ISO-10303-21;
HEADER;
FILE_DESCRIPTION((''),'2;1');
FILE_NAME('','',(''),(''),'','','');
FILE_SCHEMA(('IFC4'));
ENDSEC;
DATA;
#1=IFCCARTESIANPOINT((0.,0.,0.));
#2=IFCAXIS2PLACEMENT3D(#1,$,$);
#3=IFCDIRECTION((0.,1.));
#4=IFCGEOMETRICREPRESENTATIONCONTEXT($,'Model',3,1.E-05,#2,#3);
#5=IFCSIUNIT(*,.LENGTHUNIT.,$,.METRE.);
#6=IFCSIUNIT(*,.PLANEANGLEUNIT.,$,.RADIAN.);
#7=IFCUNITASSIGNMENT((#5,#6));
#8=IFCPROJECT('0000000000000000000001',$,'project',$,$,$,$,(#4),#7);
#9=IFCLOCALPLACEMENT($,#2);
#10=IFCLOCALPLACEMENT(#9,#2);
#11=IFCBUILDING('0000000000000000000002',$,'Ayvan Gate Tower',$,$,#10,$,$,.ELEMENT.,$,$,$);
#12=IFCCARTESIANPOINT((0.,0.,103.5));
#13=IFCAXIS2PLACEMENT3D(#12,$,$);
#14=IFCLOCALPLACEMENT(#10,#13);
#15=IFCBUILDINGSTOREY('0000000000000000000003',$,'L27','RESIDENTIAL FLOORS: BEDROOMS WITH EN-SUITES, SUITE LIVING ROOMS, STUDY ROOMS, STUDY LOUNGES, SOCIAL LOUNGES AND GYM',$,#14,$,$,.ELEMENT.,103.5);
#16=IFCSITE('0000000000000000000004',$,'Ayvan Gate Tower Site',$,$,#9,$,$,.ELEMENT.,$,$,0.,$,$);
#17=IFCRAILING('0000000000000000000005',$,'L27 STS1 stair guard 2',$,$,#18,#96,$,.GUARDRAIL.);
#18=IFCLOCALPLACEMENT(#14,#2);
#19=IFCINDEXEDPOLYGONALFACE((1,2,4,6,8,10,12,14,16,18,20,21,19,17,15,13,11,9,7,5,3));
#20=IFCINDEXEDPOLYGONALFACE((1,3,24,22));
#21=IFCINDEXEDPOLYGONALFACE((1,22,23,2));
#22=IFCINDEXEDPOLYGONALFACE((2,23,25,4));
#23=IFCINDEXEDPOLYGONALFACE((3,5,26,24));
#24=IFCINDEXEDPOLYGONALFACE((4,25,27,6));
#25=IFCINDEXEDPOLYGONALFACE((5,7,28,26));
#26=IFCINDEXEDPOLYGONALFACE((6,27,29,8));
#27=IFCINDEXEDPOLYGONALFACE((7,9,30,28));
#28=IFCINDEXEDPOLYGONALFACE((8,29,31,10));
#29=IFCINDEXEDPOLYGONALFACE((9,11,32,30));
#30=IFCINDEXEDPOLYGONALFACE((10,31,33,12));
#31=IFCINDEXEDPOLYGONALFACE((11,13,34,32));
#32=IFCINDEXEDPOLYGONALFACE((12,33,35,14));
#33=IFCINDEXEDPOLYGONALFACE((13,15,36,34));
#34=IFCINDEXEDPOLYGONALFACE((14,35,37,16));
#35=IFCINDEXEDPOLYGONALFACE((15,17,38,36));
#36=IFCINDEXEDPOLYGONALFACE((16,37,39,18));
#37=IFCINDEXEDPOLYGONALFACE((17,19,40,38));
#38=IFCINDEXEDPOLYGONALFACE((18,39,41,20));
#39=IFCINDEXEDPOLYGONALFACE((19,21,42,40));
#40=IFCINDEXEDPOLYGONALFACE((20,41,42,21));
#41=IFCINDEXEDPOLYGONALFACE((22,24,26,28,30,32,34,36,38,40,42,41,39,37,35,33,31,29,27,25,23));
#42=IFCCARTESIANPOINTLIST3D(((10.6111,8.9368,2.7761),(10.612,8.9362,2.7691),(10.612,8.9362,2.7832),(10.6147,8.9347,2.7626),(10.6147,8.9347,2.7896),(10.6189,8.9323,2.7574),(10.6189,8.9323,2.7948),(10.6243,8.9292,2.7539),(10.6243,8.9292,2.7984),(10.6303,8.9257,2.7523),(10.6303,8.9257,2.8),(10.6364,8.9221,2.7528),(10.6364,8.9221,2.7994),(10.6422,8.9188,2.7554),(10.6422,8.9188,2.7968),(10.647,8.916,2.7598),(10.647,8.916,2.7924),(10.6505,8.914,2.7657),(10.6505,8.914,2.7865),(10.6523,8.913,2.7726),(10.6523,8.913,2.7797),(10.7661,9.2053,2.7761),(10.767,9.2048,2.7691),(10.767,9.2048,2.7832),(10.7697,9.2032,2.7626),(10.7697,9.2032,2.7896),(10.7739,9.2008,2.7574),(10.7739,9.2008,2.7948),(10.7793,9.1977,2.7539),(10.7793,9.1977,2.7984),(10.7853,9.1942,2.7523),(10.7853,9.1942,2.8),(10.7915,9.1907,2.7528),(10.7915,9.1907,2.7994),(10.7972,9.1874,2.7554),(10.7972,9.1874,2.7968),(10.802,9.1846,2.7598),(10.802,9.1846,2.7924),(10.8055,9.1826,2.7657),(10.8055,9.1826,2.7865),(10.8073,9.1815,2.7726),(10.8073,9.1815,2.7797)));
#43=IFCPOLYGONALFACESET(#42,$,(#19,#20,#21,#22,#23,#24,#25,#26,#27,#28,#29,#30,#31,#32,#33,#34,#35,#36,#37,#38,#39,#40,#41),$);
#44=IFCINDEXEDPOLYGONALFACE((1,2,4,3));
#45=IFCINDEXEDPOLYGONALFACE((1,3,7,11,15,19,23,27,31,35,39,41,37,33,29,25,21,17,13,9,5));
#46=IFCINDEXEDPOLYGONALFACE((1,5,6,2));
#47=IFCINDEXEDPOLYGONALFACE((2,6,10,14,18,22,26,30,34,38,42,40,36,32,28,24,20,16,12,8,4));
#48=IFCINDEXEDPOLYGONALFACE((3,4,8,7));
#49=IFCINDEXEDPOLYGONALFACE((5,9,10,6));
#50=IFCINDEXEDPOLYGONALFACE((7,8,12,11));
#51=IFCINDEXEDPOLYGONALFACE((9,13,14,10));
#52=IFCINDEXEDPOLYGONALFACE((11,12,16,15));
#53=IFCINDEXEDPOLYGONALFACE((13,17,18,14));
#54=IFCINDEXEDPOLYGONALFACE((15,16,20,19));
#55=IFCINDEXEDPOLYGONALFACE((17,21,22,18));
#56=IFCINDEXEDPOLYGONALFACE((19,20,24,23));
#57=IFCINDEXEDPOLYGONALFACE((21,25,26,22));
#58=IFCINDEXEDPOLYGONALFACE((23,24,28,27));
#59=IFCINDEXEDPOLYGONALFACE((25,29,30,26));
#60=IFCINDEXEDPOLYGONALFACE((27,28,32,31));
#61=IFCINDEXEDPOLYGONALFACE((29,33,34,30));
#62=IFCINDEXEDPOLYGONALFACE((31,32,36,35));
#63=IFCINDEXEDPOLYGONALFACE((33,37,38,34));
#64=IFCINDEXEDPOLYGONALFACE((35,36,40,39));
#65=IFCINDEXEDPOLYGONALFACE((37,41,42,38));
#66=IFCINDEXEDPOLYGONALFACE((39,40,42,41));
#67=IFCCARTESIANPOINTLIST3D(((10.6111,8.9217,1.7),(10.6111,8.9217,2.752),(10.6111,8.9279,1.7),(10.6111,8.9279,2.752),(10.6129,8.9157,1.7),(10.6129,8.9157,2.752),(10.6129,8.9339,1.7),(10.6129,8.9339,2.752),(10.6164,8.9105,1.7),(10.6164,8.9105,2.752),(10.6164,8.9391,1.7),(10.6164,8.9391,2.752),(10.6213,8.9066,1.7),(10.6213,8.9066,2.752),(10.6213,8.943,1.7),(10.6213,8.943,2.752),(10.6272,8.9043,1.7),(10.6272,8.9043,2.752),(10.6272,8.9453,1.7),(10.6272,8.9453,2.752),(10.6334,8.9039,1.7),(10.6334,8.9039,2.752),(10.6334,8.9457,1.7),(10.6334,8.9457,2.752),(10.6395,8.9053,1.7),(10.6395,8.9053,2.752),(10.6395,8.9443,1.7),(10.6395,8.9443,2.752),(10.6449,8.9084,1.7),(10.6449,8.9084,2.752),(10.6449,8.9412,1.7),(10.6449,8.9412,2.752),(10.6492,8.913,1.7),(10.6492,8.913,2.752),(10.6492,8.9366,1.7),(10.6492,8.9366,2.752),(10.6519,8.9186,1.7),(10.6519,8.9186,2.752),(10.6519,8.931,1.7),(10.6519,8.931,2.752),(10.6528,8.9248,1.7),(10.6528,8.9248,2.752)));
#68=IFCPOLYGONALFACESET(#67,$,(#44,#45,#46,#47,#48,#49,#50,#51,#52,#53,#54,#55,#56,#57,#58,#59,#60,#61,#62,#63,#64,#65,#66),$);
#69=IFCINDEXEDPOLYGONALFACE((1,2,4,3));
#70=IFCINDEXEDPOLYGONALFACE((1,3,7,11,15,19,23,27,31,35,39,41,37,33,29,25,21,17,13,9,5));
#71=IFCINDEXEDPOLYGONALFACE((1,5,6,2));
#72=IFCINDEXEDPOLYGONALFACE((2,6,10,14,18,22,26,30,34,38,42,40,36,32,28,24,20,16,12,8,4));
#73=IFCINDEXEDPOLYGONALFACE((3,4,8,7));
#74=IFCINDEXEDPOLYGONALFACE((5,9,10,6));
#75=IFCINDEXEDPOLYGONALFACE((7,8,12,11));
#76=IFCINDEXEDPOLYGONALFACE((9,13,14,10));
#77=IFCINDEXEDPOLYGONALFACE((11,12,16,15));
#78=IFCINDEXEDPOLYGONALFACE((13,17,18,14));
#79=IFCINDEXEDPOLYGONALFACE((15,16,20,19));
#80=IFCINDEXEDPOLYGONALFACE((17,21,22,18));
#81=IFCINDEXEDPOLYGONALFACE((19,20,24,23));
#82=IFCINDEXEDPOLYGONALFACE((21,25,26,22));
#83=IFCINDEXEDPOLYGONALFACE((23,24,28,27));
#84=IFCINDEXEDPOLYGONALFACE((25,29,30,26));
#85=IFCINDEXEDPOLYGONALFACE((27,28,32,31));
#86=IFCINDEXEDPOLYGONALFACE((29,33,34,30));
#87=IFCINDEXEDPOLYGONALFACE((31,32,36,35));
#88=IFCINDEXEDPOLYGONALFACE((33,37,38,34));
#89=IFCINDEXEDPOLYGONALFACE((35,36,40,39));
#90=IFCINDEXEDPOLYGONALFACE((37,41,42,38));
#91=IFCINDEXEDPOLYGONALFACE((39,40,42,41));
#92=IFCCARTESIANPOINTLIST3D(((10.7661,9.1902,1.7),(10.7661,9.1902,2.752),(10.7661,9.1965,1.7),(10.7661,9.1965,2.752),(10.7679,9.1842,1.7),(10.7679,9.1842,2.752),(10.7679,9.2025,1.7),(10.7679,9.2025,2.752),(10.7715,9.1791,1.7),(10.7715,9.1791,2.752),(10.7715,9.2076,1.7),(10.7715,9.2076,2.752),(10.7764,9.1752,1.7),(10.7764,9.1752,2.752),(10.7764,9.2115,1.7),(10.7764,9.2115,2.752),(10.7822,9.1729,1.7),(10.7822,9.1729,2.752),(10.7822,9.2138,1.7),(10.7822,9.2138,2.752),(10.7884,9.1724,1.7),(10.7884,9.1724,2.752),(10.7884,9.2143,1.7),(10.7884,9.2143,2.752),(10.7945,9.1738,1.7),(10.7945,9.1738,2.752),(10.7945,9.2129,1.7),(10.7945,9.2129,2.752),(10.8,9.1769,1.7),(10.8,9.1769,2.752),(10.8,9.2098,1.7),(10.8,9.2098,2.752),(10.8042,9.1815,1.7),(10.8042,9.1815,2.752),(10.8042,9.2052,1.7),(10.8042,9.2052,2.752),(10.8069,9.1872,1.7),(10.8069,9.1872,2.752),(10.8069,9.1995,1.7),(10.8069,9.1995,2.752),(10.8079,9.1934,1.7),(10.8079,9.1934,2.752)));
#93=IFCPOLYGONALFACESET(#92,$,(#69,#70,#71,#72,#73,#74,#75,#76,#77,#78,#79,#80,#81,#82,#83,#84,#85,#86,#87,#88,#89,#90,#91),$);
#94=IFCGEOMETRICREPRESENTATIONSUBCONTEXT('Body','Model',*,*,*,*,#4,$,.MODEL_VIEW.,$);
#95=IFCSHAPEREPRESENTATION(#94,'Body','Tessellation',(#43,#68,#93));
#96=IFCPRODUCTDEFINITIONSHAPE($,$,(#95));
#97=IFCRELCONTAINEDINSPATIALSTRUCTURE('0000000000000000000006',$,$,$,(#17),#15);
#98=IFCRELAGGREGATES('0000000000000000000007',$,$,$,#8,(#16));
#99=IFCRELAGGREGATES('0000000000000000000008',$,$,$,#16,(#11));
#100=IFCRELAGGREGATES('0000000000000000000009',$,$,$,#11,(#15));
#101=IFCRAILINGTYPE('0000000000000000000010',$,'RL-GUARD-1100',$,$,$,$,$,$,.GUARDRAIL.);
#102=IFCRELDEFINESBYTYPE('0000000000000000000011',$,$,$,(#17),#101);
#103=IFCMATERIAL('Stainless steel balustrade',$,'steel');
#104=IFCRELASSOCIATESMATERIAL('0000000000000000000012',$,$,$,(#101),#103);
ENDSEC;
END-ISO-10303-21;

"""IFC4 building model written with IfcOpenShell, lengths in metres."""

from ifc_helpers import new_model, si_unit, direction, frame, origin, origin_2d, place, context, subcontext, project, spatial, circle, extrude, material, type_object, element, save


model = new_model("IFC4")

# Units and contexts
model_context = context("Model", 3, precision=1e-05, world=origin(), true_north=direction((0.0, 1.0)))
body_context = subcontext(model_context, "Body", "Model", "MODEL_VIEW")
ifc_project = project(units=[si_unit("LENGTHUNIT", "METRE"), si_unit("PLANEANGLEUNIT", "RADIAN")], contexts=[model_context])

# Site, building, storey
site_placement = place(None, origin())
site = spatial("IfcSite", under=ifc_project, at=site_placement, Name="Ayvan Gate Tower Site", CompositionType="ELEMENT", RefElevation=0.0)
building_placement = place(site_placement, origin())
building = spatial("IfcBuilding", under=site, at=building_placement, Name="Ayvan Gate Tower", CompositionType="ELEMENT")
storey_placement = place(building_placement, frame((0.0, 0.0, 103.5)))
storey = spatial("IfcBuildingStorey", under=building, at=storey_placement, Name="L27", Description="RESIDENTIAL FLOORS: BEDROOMS WITH EN-SUITES, SUITE LIVING ROOMS, STUDY ROOMS, STUDY LOUNGES, SOCIAL LOUNGES AND GYM", CompositionType="ELEMENT", Elevation=103.5)

# Railing
ifc_material_1 = material(Name="Stainless steel balustrade", Category="steel")
railing_type_1 = type_object("IfcRailingType", Name="RL-GUARD-1100", PredefinedType="GUARDRAIL", material=ifc_material_1)
railing_1_placement = place(storey_placement, frame((10.6318, 8.9248, 1.7)))
element("IfcRailing", 1, at=railing_1_placement, inside=storey, type_object=railing_type_1, Name="L27 STS1 stair guard 2", PredefinedType="GUARDRAIL", context=body_context, shape_type="SweptSolid", body=[
    extrude(circle(Radius=0.0239, at=origin_2d()), frame((0.0, 0.0, 1.0762), z_axis=(0.49995, 0.866054, 0.0), x_axis=(-0.866054, 0.49995, 0.0)), (0.0, 0.0, 1.0), 0.3101),
    extrude(circle(Radius=0.021, at=origin_2d()), origin(), (0.0, 0.0, 1.0), 1.052),
    extrude(circle(Radius=0.021, at=origin_2d()), frame((0.155, 0.2686, 0.0)), (0.0, 0.0, 1.0), 1.052),
])

save(model, "model.ifc")
